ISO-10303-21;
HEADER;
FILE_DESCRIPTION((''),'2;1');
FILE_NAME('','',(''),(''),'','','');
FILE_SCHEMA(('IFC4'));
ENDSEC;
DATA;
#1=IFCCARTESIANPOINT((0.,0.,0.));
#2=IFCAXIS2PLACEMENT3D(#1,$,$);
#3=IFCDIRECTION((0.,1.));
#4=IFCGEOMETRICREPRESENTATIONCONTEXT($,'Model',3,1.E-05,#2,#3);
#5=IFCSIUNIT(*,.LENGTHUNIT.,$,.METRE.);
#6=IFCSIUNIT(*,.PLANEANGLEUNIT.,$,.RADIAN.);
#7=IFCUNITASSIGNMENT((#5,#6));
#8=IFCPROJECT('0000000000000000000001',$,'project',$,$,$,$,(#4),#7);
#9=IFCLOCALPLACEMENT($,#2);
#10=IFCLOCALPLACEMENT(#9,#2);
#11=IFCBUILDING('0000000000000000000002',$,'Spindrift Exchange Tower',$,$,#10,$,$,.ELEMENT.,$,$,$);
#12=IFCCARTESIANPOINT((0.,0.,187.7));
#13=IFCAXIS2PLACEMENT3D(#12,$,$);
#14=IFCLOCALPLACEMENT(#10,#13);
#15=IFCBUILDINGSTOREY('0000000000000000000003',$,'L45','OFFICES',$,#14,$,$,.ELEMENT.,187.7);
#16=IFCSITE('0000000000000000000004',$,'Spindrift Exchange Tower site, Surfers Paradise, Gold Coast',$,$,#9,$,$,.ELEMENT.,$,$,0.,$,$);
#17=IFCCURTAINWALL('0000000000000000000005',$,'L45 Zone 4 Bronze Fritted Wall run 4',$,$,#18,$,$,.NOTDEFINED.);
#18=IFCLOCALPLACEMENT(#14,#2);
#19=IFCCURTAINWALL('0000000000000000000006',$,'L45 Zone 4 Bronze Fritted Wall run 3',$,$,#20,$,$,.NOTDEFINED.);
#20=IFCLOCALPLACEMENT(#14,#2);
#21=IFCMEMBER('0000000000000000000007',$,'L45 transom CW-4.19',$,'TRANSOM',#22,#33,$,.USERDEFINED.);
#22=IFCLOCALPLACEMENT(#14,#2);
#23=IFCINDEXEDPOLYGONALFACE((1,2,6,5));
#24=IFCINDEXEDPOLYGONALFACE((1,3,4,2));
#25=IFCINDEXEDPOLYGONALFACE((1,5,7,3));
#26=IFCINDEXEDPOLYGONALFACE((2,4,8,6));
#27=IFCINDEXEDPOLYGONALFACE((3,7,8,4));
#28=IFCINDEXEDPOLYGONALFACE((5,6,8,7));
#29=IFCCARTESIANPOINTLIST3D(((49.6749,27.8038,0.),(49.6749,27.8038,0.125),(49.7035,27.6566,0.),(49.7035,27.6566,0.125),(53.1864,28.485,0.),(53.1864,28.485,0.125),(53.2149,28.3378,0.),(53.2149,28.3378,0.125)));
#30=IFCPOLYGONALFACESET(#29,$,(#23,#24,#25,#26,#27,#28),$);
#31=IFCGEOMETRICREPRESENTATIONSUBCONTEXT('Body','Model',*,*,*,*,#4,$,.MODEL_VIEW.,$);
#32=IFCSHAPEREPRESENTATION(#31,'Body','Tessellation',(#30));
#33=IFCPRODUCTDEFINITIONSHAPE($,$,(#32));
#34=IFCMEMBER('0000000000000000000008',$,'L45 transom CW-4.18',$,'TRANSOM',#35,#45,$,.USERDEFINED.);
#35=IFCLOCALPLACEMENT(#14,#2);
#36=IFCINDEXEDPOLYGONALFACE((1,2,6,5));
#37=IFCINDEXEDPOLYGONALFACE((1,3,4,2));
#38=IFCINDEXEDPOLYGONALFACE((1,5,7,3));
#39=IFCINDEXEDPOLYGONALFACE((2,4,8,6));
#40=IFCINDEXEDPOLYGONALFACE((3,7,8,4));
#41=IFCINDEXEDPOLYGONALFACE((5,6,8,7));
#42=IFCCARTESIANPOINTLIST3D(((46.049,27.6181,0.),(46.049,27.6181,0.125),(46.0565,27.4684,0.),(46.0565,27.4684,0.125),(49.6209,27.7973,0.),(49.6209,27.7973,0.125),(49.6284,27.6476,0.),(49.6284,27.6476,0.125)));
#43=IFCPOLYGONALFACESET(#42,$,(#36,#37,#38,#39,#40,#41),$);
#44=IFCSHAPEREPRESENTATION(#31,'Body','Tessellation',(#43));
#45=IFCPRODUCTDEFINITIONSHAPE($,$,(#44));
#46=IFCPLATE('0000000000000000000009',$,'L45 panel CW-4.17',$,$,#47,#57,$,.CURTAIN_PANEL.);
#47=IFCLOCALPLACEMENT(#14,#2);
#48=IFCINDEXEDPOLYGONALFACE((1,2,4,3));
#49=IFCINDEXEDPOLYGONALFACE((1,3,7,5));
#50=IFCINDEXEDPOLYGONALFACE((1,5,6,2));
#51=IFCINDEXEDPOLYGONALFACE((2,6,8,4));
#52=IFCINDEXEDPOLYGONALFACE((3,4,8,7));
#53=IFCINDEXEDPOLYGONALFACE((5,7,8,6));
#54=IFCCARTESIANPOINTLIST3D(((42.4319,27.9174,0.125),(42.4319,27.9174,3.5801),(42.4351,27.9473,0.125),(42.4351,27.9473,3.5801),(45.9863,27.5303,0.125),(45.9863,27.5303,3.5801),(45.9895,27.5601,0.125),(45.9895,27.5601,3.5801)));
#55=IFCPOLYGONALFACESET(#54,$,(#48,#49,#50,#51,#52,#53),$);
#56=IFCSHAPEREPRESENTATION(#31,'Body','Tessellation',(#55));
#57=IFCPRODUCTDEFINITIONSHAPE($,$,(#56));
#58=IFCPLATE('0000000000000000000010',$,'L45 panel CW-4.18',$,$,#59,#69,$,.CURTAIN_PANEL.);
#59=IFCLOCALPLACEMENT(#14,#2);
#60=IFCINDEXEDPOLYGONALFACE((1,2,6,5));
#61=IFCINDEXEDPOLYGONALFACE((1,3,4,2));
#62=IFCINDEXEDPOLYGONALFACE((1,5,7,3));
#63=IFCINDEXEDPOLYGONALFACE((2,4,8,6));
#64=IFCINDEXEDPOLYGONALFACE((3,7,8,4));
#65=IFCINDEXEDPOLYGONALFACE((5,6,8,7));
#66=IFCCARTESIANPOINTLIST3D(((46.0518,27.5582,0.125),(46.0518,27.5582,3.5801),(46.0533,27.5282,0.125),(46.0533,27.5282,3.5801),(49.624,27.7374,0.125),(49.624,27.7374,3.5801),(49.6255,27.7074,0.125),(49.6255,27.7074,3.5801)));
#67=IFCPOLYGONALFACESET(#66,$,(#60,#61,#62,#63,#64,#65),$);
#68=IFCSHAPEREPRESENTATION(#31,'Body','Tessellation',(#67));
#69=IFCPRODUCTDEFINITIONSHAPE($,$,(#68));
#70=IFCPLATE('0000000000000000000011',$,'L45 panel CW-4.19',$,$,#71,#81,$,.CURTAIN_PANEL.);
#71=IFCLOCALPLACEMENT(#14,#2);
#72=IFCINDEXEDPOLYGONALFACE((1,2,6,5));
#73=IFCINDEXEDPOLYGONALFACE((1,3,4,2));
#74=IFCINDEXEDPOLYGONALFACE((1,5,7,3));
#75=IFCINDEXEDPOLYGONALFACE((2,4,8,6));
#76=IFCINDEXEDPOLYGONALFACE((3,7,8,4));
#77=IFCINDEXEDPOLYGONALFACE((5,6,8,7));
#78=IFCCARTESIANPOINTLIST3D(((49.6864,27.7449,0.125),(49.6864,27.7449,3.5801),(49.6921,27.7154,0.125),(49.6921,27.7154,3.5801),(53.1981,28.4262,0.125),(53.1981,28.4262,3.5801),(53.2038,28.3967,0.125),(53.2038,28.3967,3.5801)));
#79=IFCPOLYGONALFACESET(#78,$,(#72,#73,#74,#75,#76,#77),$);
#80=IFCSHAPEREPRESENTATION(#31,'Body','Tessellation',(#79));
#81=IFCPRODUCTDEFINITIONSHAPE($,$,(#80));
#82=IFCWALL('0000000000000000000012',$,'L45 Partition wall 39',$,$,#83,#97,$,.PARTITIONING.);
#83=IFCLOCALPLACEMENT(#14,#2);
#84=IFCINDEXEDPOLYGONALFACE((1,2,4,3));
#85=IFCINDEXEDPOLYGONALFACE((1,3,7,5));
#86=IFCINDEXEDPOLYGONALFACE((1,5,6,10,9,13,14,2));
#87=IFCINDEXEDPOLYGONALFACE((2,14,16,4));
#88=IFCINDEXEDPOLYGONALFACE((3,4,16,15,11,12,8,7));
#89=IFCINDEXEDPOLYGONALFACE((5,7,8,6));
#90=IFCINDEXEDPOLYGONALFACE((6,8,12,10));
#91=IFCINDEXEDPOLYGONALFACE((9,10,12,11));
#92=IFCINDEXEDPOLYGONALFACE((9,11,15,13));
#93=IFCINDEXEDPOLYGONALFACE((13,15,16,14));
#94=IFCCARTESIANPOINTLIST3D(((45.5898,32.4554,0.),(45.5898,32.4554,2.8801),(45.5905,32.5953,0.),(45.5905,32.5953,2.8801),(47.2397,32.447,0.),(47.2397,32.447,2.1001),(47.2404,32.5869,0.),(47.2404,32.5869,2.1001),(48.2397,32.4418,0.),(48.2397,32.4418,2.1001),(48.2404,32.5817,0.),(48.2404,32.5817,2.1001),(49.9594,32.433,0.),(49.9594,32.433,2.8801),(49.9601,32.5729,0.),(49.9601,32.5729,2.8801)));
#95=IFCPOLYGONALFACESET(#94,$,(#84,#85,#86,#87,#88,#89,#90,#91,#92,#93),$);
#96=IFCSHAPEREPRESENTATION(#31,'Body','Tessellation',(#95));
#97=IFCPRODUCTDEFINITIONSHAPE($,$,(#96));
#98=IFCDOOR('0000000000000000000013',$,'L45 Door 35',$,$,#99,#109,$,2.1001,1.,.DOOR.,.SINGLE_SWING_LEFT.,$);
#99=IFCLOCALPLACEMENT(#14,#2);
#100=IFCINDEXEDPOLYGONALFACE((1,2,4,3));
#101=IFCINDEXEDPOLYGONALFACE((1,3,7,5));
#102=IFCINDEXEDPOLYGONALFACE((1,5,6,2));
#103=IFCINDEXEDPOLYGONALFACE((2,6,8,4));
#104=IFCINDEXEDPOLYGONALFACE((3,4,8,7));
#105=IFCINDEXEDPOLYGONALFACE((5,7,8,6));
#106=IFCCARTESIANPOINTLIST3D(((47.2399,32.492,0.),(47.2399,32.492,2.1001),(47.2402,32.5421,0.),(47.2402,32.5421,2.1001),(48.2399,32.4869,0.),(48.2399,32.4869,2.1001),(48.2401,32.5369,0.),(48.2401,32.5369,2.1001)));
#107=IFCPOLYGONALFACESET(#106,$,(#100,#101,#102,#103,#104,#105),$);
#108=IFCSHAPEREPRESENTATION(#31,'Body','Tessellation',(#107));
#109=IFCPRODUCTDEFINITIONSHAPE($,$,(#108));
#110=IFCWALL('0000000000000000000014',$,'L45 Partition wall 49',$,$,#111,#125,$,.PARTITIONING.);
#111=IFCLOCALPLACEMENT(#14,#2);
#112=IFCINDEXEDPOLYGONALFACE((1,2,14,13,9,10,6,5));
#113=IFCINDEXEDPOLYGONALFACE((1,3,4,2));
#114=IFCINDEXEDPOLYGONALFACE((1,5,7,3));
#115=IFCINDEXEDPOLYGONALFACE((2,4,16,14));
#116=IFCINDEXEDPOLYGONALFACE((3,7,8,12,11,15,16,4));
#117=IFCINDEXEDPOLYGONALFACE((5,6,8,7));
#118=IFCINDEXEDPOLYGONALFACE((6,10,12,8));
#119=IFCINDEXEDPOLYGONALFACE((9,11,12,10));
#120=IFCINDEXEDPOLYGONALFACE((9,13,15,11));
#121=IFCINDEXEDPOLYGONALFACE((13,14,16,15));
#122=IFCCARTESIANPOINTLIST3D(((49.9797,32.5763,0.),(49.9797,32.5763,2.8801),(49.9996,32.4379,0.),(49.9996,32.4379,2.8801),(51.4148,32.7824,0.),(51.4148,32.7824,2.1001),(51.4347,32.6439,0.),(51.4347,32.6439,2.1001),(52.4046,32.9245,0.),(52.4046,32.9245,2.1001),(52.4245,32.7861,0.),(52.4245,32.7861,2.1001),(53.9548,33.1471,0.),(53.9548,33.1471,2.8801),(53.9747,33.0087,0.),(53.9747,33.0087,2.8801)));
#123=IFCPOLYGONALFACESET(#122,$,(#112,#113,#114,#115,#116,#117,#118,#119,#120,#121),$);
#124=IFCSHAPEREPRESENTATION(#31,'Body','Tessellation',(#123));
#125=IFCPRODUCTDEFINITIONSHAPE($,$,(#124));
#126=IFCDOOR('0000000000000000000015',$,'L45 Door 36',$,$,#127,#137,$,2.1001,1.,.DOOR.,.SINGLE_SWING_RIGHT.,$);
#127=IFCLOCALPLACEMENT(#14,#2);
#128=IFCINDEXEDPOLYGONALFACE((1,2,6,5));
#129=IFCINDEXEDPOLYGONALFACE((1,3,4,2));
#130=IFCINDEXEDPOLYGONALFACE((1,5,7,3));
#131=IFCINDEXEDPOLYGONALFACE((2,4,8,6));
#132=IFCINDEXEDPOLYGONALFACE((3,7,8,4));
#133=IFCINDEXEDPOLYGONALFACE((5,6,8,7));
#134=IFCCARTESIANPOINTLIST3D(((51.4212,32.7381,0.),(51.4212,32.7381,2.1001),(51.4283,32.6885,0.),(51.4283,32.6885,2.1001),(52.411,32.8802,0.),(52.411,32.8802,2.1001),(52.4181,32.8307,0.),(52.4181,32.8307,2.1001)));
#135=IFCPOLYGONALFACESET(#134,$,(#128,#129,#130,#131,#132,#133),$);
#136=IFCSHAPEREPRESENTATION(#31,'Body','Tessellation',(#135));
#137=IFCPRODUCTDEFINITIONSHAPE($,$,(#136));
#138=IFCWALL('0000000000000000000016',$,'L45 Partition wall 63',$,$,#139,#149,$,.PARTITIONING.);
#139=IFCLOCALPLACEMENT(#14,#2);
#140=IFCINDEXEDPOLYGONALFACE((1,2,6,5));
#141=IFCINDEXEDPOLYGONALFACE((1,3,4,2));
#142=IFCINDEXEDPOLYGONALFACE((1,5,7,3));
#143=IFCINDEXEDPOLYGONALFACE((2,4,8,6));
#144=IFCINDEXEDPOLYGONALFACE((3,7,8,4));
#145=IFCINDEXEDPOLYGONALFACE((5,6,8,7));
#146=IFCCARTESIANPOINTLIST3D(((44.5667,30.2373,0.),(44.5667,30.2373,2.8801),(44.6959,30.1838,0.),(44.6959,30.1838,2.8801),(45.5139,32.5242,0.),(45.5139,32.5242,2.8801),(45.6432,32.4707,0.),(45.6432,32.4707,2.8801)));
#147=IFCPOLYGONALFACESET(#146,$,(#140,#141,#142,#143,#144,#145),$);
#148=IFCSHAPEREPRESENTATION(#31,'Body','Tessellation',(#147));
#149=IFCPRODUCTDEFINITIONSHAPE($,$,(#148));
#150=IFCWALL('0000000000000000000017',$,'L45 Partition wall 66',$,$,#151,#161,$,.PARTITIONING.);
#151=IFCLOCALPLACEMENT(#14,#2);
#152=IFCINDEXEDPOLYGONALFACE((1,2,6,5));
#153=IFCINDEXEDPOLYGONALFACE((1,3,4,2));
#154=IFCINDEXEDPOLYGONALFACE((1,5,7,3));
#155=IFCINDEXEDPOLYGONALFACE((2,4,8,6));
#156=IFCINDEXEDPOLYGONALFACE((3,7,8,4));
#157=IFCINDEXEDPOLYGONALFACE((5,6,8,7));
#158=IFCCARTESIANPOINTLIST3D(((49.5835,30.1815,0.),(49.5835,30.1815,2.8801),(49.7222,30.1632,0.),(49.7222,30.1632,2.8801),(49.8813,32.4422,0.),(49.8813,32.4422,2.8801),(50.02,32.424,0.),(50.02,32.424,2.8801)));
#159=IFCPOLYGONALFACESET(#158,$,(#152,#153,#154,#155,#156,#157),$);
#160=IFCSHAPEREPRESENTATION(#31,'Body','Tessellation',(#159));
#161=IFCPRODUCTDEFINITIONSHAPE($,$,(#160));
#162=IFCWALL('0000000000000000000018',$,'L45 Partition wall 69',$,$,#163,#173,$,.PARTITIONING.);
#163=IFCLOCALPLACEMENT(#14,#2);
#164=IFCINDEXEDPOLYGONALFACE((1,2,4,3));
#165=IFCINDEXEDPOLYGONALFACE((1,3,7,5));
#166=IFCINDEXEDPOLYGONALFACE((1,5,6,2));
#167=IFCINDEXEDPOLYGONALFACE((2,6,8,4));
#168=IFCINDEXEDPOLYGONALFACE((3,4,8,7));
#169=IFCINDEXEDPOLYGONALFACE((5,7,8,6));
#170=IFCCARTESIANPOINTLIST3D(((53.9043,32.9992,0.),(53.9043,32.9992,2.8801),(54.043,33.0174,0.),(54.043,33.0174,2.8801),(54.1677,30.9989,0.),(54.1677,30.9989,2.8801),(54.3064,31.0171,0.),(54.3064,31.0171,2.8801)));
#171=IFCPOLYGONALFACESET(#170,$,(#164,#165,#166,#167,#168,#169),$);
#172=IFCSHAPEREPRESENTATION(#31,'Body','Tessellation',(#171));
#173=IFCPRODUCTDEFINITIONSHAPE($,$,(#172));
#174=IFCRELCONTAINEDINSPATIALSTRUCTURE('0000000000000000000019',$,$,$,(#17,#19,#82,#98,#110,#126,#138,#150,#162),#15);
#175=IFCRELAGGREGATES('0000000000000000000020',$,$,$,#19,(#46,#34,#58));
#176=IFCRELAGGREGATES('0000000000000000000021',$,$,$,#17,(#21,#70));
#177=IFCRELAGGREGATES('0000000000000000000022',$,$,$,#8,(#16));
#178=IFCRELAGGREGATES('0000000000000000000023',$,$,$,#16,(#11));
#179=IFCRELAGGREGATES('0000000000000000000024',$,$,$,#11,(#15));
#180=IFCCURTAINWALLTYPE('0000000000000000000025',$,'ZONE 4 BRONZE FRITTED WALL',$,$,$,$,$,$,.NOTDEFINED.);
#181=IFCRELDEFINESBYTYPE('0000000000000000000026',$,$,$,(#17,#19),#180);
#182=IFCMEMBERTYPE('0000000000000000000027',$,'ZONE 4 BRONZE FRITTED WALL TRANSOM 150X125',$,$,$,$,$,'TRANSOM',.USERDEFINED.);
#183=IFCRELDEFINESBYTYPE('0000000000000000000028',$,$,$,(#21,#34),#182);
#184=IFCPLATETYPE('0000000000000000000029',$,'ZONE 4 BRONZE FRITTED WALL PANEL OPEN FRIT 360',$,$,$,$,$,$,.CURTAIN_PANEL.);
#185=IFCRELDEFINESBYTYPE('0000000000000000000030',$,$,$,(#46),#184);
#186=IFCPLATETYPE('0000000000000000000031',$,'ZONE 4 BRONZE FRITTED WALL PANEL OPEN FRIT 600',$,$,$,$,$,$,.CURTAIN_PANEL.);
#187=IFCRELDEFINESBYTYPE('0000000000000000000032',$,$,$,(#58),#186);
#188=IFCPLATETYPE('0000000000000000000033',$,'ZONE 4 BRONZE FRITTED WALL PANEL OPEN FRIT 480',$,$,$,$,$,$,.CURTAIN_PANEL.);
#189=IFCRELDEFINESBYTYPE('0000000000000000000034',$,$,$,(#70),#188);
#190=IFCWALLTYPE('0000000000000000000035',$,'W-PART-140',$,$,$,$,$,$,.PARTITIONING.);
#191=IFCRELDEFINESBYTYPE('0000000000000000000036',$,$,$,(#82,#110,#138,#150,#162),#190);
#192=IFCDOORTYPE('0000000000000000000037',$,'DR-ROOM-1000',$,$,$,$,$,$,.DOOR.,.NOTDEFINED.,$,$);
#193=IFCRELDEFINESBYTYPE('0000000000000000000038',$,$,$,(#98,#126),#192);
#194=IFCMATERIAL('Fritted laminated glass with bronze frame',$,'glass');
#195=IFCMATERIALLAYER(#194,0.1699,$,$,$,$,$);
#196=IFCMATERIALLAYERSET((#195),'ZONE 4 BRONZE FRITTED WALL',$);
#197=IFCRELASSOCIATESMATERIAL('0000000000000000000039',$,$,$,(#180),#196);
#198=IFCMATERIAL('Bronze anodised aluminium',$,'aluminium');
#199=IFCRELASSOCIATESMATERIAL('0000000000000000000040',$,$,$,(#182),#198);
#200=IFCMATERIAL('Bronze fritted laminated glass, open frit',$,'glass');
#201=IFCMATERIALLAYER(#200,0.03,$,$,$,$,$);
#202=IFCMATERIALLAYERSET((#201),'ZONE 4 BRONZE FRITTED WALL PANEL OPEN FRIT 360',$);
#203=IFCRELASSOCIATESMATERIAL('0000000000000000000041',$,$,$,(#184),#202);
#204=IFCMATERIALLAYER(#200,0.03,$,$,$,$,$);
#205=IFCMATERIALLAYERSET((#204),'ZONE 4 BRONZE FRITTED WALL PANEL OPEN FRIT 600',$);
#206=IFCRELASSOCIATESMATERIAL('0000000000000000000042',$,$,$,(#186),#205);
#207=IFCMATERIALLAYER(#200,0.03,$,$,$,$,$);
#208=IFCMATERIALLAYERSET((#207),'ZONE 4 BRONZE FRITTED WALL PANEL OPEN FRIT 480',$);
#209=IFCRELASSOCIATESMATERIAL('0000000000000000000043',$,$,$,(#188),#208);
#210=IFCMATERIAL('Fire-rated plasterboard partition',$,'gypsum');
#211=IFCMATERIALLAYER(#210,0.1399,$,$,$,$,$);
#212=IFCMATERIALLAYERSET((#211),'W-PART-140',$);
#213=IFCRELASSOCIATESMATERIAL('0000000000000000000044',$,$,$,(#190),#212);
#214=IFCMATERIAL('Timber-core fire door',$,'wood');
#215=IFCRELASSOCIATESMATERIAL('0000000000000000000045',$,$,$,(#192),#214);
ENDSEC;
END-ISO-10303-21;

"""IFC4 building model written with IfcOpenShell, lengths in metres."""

from ifc_helpers import new_model, si_unit, direction, frame, frame_2d, origin, origin_2d, place, context, subcontext, project, spatial, rectangle, extrude, source, transform, mapped, material, layer, layer_set, material_profile, profile_set, type_object, element, fill, aggregate, save


model = new_model("IFC4")

# Units and contexts
model_context = context("Model", 3, precision=1e-05, world=origin(), true_north=direction((0.0, 1.0)))
body_context = subcontext(model_context, "Body", "Model", "MODEL_VIEW")
ifc_project = project(units=[si_unit("LENGTHUNIT", "METRE"), si_unit("PLANEANGLEUNIT", "RADIAN")], contexts=[model_context])

# Site, building, storey
site_placement = place(None, origin())
site = spatial("IfcSite", under=ifc_project, at=site_placement, Name="Spindrift Exchange Tower site, Surfers Paradise, Gold Coast", CompositionType="ELEMENT", RefElevation=0.0)
building_placement = place(site_placement, origin())
building = spatial("IfcBuilding", under=site, at=building_placement, Name="Spindrift Exchange Tower", CompositionType="ELEMENT")
storey_placement = place(building_placement, frame((0.0, 0.0, 187.7)))
storey = spatial("IfcBuildingStorey", under=building, at=storey_placement, Name="L45", Description="OFFICES", CompositionType="ELEMENT", Elevation=187.7)

# Curtain wall
ifc_material_1 = material(Name="Fritted laminated glass with bronze frame", Category="glass")
ifc_layer_1 = layer(ifc_material_1, 0.1699)
ifc_layer_set_1 = layer_set([ifc_layer_1], Name="ZONE 4 BRONZE FRITTED WALL")
curtain_wall_type = type_object("IfcCurtainWallType", Name="ZONE 4 BRONZE FRITTED WALL", PredefinedType="NOTDEFINED", material=ifc_layer_set_1)
curtain_wall_1_placement = place(storey_placement, origin())
curtain_wall_1 = element("IfcCurtainWall", 1, at=curtain_wall_1_placement, inside=storey, type_object=curtain_wall_type, Name="L45 Zone 4 Bronze Fritted Wall run 4", PredefinedType="NOTDEFINED")
ifc_material_2 = material(Name="Bronze anodised aluminium", Category="aluminium")
ifc_material_profile_1 = material_profile(ifc_material_2, rectangle(XDim=0.1499, YDim=0.125, at=origin_2d()), Name="ZONE 4 BRONZE FRITTED WALL TRANSOM 150X125")
ifc_profile_set_1 = profile_set([ifc_material_profile_1], Name="Bronze anodised aluminium")
member_type_1 = type_object("IfcMemberType", Name="ZONE 4 BRONZE FRITTED WALL TRANSOM 150X125", ElementType="TRANSOM", PredefinedType="USERDEFINED", material=ifc_profile_set_1)

# Curtain wall
curtain_wall_2_placement = place(storey_placement, origin())
curtain_wall_2 = element("IfcCurtainWall", 2, at=curtain_wall_2_placement, inside=storey, type_object=curtain_wall_type, Name="L45 Zone 4 Bronze Fritted Wall run 3", PredefinedType="NOTDEFINED")

# Members
shared_shape_1 = source(origin(), body_context, "Body", "SweptSolid", [
    extrude(rectangle(XDim=0.1499, YDim=0.125, at=origin_2d()), origin(), (0.0, 0.0, 1.0), 3.5769),
])
member_1_placement = place(storey_placement, frame((49.6892, 27.7302, 0.0625), z_axis=(0.981701, 0.190429, 0.0), x_axis=(-0.190429, 0.981701, 0.0)))
member_1 = element("IfcMember", 3, at=member_1_placement, type_object=member_type_1, Name="L45 transom CW-4.19", ObjectType="TRANSOM", PredefinedType="USERDEFINED", context=body_context, shape_type="MappedRepresentation", body=[
    mapped(shared_shape_1, transform((0.0, 0.0, 0.0), scale=1.0)),
])
shared_shape_2 = source(origin(), body_context, "Body", "SweptSolid", [
    extrude(rectangle(XDim=0.1499, YDim=0.125, at=origin_2d()), origin(), (0.0, 0.0, 1.0), 3.5764),
])
member_2_placement = place(storey_placement, frame((46.0527, 27.5432, 0.0625), z_axis=(0.998744, 0.050104, 0.0), x_axis=(-0.050104, 0.998744, 0.0)))
member_2 = element("IfcMember", 4, at=member_2_placement, type_object=member_type_1, Name="L45 transom CW-4.18", ObjectType="TRANSOM", PredefinedType="USERDEFINED", context=body_context, shape_type="MappedRepresentation", body=[
    mapped(shared_shape_2, transform((0.0, 0.0, 0.0), scale=1.0)),
])

# Plates
ifc_material_3 = material(Name="Bronze fritted laminated glass, open frit", Category="glass")
ifc_layer_2 = layer(ifc_material_3, 0.03)
ifc_layer_set_2 = layer_set([ifc_layer_2], Name="ZONE 4 BRONZE FRITTED WALL PANEL OPEN FRIT 360")
plate_type_1 = type_object("IfcPlateType", Name="ZONE 4 BRONZE FRITTED WALL PANEL OPEN FRIT 360", PredefinedType="CURTAIN_PANEL", material=ifc_layer_set_2)
shared_shape_3 = source(origin(), body_context, "Body", "SweptSolid", [
    extrude(rectangle(XDim=3.5754, YDim=0.03, at=origin_2d()), origin(), (0.0, 0.0, 1.0), 3.4551),
])
plate_1_placement = place(storey_placement, frame((44.2107, 27.7388, 0.125), z_axis=(0.0, 0.0, 1.0), x_axis=(0.99412, -0.108282, 0.0)))
plate_1 = element("IfcPlate", 5, at=plate_1_placement, type_object=plate_type_1, Name="L45 panel CW-4.17", PredefinedType="CURTAIN_PANEL", context=body_context, shape_type="MappedRepresentation", body=[
    mapped(shared_shape_3, transform((0.0, 0.0, 0.0), scale=1.0)),
])
ifc_layer_3 = layer(ifc_material_3, 0.03)
ifc_layer_set_3 = layer_set([ifc_layer_3], Name="ZONE 4 BRONZE FRITTED WALL PANEL OPEN FRIT 600")
plate_type_2 = type_object("IfcPlateType", Name="ZONE 4 BRONZE FRITTED WALL PANEL OPEN FRIT 600", PredefinedType="CURTAIN_PANEL", material=ifc_layer_set_3)
shared_shape_4 = source(origin(), body_context, "Body", "SweptSolid", [
    extrude(rectangle(XDim=3.5767, YDim=0.03, at=origin_2d()), origin(), (0.0, 0.0, 1.0), 3.4551),
])
plate_2_placement = place(storey_placement, frame((47.8386, 27.6328, 0.125), z_axis=(0.0, 0.0, 1.0), x_axis=(0.998745, 0.050087, 0.0)))
plate_2 = element("IfcPlate", 6, at=plate_2_placement, type_object=plate_type_2, Name="L45 panel CW-4.18", PredefinedType="CURTAIN_PANEL", context=body_context, shape_type="MappedRepresentation", body=[
    mapped(shared_shape_4, transform((0.0, 0.0, 0.0), scale=1.0)),
])
aggregate(curtain_wall_2, [plate_1, member_2, plate_2])
ifc_layer_4 = layer(ifc_material_3, 0.03)
ifc_layer_set_4 = layer_set([ifc_layer_4], Name="ZONE 4 BRONZE FRITTED WALL PANEL OPEN FRIT 480")
plate_type_3 = type_object("IfcPlateType", Name="ZONE 4 BRONZE FRITTED WALL PANEL OPEN FRIT 480", PredefinedType="CURTAIN_PANEL", material=ifc_layer_set_4)
shared_shape_5 = source(origin(), body_context, "Body", "SweptSolid", [
    extrude(rectangle(XDim=3.5771, YDim=0.03, at=origin_2d()), origin(), (0.0, 0.0, 1.0), 3.4551),
])
plate_3_placement = place(storey_placement, frame((51.4451, 28.0708, 0.125), z_axis=(0.0, 0.0, 1.0), x_axis=(0.981699, 0.190437, 0.0)))
plate_3 = element("IfcPlate", 7, at=plate_3_placement, type_object=plate_type_3, Name="L45 panel CW-4.19", PredefinedType="CURTAIN_PANEL", context=body_context, shape_type="MappedRepresentation", body=[
    mapped(shared_shape_5, transform((0.0, 0.0, 0.0), scale=1.0)),
])
aggregate(curtain_wall_1, [member_1, plate_3])

# Walls, openings, doors
ifc_material_4 = material(Name="Fire-rated plasterboard partition", Category="gypsum")
ifc_layer_5 = layer(ifc_material_4, 0.1399)
ifc_layer_set_5 = layer_set([ifc_layer_5], Name="W-PART-140")
wall_type = type_object("IfcWallType", Name="W-PART-140", PredefinedType="PARTITIONING", material=ifc_layer_set_5)
wall_1_placement = place(storey_placement, frame((49.9597, 32.5029, 0.0), z_axis=(0.0, 0.0, 1.0), x_axis=(-0.999987, 0.00514, 0.0)))
wall_1 = element("IfcWall", 8, at=wall_1_placement, inside=storey, type_object=wall_type, Name="L45 Partition wall 39", PredefinedType="PARTITIONING", context=body_context, shape_type="SweptSolid", body=[
    extrude(rectangle(XDim=4.3696, YDim=0.1399, at=frame_2d((2.1848, 0.0))), origin(), (0.0, 0.0, 1.0), 2.8801),
])
opening_1_placement = place(wall_1_placement, frame((1.7197, 0.0, 0.0)))
opening_1 = element("IfcOpeningElement", 9, at=opening_1_placement, cuts=wall_1, PredefinedType="OPENING", context=body_context, shape_type="SweptSolid", body=[
    extrude(rectangle(XDim=1.0, YDim=2.1001, at=frame_2d((0.5, 1.05))), frame((0.0, 0.0798, 0.0), z_axis=(0.0, -1.0, 0.0), x_axis=(1.0, 0.0, 0.0)), (0.0, 0.0, 1.0), 0.1599),
])
ifc_material_5 = material(Name="Timber-core fire door", Category="wood")
door_type = type_object("IfcDoorType", Name="DR-ROOM-1000", OperationType="NOTDEFINED", PredefinedType="DOOR", material=ifc_material_5)
shared_shape_6 = source(origin(), body_context, "Body", "SweptSolid", [
    extrude(rectangle(XDim=1.0, YDim=2.1001, at=frame_2d((0.5, 1.05))), frame((0.0, 0.0249, 0.0), z_axis=(0.0, -1.0, 0.0), x_axis=(1.0, 0.0, 0.0)), (0.0, 0.0, 1.0), 0.05),
])
door_1_placement = place(opening_1_placement, origin())
door_1 = element("IfcDoor", 10, at=door_1_placement, inside=storey, type_object=door_type, Name="L45 Door 35", OperationType="SINGLE_SWING_LEFT", OverallHeight=2.1001, OverallWidth=1.0, PredefinedType="DOOR", context=body_context, shape_type="MappedRepresentation", body=[
    mapped(shared_shape_6, transform((0.0, 0.0, 0.0), scale=1.0)),
])
fill(opening_1, door_1)
wall_2_placement = place(storey_placement, frame((53.9646, 33.0779, 0.0), z_axis=(0.0, 0.0, 1.0), x_axis=(-0.989847, -0.142136, 0.0)))
wall_2 = element("IfcWall", 11, at=wall_2_placement, inside=storey, type_object=wall_type, Name="L45 Partition wall 49", PredefinedType="PARTITIONING", context=body_context, shape_type="SweptSolid", body=[
    extrude(rectangle(XDim=4.0159, YDim=0.1399, at=frame_2d((2.0078, 0.0))), origin(), (0.0, 0.0, 1.0), 2.8801),
])
opening_2_placement = place(wall_2_placement, frame((1.5659, 0.0, 0.0)))
opening_2 = element("IfcOpeningElement", 12, at=opening_2_placement, cuts=wall_2, PredefinedType="OPENING", context=body_context, shape_type="SweptSolid", body=[
    extrude(rectangle(XDim=1.0, YDim=2.1001, at=frame_2d((0.5, 1.05))), frame((0.0, 0.0798, 0.0), z_axis=(0.0, -1.0, 0.0), x_axis=(1.0, 0.0, 0.0)), (0.0, 0.0, 1.0), 0.1599),
])
door_2_placement = place(opening_2_placement, origin())
door_2 = element("IfcDoor", 13, at=door_2_placement, inside=storey, type_object=door_type, Name="L45 Door 36", OperationType="SINGLE_SWING_RIGHT", OverallHeight=2.1001, OverallWidth=1.0, PredefinedType="DOOR", context=body_context, shape_type="MappedRepresentation", body=[
    mapped(shared_shape_6, transform((0.0, 0.0, 0.0), scale=1.0)),
])
fill(opening_2, door_2)

# Walls
wall_3_placement = place(storey_placement, frame((45.5786, 32.4976, 0.0), z_axis=(0.0, 0.0, 1.0), x_axis=(-0.382689, -0.923877, 0.0)))
element("IfcWall", 14, at=wall_3_placement, inside=storey, type_object=wall_type, Name="L45 Partition wall 63", PredefinedType="PARTITIONING", context=body_context, shape_type="SweptSolid", body=[
    extrude(rectangle(XDim=2.4753, YDim=0.1399, at=frame_2d((1.2378, 0.0))), origin(), (0.0, 0.0, 1.0), 2.8801),
])
wall_4_placement = place(storey_placement, frame((49.9507, 32.4331, 0.0), z_axis=(0.0, 0.0, 1.0), x_axis=(-0.130621, -0.991432, 0.0)))
element("IfcWall", 15, at=wall_4_placement, inside=storey, type_object=wall_type, Name="L45 Partition wall 66", PredefinedType="PARTITIONING", context=body_context, shape_type="SweptSolid", body=[
    extrude(rectangle(XDim=2.2803, YDim=0.1399, at=frame_2d((1.1401, 0.0))), origin(), (0.0, 0.0, 1.0), 2.8801),
])
wall_5_placement = place(storey_placement, frame((53.9736, 33.0083, 0.0), z_axis=(0.0, 0.0, 1.0), x_axis=(0.13057, -0.991439, 0.0)))
element("IfcWall", 16, at=wall_5_placement, inside=storey, type_object=wall_type, Name="L45 Partition wall 69", PredefinedType="PARTITIONING", context=body_context, shape_type="SweptSolid", body=[
    extrude(rectangle(XDim=2.0176, YDim=0.1399, at=frame_2d((1.0088, 0.0))), origin(), (0.0, 0.0, 1.0), 2.8801),
])

save(model, "model.ifc")
